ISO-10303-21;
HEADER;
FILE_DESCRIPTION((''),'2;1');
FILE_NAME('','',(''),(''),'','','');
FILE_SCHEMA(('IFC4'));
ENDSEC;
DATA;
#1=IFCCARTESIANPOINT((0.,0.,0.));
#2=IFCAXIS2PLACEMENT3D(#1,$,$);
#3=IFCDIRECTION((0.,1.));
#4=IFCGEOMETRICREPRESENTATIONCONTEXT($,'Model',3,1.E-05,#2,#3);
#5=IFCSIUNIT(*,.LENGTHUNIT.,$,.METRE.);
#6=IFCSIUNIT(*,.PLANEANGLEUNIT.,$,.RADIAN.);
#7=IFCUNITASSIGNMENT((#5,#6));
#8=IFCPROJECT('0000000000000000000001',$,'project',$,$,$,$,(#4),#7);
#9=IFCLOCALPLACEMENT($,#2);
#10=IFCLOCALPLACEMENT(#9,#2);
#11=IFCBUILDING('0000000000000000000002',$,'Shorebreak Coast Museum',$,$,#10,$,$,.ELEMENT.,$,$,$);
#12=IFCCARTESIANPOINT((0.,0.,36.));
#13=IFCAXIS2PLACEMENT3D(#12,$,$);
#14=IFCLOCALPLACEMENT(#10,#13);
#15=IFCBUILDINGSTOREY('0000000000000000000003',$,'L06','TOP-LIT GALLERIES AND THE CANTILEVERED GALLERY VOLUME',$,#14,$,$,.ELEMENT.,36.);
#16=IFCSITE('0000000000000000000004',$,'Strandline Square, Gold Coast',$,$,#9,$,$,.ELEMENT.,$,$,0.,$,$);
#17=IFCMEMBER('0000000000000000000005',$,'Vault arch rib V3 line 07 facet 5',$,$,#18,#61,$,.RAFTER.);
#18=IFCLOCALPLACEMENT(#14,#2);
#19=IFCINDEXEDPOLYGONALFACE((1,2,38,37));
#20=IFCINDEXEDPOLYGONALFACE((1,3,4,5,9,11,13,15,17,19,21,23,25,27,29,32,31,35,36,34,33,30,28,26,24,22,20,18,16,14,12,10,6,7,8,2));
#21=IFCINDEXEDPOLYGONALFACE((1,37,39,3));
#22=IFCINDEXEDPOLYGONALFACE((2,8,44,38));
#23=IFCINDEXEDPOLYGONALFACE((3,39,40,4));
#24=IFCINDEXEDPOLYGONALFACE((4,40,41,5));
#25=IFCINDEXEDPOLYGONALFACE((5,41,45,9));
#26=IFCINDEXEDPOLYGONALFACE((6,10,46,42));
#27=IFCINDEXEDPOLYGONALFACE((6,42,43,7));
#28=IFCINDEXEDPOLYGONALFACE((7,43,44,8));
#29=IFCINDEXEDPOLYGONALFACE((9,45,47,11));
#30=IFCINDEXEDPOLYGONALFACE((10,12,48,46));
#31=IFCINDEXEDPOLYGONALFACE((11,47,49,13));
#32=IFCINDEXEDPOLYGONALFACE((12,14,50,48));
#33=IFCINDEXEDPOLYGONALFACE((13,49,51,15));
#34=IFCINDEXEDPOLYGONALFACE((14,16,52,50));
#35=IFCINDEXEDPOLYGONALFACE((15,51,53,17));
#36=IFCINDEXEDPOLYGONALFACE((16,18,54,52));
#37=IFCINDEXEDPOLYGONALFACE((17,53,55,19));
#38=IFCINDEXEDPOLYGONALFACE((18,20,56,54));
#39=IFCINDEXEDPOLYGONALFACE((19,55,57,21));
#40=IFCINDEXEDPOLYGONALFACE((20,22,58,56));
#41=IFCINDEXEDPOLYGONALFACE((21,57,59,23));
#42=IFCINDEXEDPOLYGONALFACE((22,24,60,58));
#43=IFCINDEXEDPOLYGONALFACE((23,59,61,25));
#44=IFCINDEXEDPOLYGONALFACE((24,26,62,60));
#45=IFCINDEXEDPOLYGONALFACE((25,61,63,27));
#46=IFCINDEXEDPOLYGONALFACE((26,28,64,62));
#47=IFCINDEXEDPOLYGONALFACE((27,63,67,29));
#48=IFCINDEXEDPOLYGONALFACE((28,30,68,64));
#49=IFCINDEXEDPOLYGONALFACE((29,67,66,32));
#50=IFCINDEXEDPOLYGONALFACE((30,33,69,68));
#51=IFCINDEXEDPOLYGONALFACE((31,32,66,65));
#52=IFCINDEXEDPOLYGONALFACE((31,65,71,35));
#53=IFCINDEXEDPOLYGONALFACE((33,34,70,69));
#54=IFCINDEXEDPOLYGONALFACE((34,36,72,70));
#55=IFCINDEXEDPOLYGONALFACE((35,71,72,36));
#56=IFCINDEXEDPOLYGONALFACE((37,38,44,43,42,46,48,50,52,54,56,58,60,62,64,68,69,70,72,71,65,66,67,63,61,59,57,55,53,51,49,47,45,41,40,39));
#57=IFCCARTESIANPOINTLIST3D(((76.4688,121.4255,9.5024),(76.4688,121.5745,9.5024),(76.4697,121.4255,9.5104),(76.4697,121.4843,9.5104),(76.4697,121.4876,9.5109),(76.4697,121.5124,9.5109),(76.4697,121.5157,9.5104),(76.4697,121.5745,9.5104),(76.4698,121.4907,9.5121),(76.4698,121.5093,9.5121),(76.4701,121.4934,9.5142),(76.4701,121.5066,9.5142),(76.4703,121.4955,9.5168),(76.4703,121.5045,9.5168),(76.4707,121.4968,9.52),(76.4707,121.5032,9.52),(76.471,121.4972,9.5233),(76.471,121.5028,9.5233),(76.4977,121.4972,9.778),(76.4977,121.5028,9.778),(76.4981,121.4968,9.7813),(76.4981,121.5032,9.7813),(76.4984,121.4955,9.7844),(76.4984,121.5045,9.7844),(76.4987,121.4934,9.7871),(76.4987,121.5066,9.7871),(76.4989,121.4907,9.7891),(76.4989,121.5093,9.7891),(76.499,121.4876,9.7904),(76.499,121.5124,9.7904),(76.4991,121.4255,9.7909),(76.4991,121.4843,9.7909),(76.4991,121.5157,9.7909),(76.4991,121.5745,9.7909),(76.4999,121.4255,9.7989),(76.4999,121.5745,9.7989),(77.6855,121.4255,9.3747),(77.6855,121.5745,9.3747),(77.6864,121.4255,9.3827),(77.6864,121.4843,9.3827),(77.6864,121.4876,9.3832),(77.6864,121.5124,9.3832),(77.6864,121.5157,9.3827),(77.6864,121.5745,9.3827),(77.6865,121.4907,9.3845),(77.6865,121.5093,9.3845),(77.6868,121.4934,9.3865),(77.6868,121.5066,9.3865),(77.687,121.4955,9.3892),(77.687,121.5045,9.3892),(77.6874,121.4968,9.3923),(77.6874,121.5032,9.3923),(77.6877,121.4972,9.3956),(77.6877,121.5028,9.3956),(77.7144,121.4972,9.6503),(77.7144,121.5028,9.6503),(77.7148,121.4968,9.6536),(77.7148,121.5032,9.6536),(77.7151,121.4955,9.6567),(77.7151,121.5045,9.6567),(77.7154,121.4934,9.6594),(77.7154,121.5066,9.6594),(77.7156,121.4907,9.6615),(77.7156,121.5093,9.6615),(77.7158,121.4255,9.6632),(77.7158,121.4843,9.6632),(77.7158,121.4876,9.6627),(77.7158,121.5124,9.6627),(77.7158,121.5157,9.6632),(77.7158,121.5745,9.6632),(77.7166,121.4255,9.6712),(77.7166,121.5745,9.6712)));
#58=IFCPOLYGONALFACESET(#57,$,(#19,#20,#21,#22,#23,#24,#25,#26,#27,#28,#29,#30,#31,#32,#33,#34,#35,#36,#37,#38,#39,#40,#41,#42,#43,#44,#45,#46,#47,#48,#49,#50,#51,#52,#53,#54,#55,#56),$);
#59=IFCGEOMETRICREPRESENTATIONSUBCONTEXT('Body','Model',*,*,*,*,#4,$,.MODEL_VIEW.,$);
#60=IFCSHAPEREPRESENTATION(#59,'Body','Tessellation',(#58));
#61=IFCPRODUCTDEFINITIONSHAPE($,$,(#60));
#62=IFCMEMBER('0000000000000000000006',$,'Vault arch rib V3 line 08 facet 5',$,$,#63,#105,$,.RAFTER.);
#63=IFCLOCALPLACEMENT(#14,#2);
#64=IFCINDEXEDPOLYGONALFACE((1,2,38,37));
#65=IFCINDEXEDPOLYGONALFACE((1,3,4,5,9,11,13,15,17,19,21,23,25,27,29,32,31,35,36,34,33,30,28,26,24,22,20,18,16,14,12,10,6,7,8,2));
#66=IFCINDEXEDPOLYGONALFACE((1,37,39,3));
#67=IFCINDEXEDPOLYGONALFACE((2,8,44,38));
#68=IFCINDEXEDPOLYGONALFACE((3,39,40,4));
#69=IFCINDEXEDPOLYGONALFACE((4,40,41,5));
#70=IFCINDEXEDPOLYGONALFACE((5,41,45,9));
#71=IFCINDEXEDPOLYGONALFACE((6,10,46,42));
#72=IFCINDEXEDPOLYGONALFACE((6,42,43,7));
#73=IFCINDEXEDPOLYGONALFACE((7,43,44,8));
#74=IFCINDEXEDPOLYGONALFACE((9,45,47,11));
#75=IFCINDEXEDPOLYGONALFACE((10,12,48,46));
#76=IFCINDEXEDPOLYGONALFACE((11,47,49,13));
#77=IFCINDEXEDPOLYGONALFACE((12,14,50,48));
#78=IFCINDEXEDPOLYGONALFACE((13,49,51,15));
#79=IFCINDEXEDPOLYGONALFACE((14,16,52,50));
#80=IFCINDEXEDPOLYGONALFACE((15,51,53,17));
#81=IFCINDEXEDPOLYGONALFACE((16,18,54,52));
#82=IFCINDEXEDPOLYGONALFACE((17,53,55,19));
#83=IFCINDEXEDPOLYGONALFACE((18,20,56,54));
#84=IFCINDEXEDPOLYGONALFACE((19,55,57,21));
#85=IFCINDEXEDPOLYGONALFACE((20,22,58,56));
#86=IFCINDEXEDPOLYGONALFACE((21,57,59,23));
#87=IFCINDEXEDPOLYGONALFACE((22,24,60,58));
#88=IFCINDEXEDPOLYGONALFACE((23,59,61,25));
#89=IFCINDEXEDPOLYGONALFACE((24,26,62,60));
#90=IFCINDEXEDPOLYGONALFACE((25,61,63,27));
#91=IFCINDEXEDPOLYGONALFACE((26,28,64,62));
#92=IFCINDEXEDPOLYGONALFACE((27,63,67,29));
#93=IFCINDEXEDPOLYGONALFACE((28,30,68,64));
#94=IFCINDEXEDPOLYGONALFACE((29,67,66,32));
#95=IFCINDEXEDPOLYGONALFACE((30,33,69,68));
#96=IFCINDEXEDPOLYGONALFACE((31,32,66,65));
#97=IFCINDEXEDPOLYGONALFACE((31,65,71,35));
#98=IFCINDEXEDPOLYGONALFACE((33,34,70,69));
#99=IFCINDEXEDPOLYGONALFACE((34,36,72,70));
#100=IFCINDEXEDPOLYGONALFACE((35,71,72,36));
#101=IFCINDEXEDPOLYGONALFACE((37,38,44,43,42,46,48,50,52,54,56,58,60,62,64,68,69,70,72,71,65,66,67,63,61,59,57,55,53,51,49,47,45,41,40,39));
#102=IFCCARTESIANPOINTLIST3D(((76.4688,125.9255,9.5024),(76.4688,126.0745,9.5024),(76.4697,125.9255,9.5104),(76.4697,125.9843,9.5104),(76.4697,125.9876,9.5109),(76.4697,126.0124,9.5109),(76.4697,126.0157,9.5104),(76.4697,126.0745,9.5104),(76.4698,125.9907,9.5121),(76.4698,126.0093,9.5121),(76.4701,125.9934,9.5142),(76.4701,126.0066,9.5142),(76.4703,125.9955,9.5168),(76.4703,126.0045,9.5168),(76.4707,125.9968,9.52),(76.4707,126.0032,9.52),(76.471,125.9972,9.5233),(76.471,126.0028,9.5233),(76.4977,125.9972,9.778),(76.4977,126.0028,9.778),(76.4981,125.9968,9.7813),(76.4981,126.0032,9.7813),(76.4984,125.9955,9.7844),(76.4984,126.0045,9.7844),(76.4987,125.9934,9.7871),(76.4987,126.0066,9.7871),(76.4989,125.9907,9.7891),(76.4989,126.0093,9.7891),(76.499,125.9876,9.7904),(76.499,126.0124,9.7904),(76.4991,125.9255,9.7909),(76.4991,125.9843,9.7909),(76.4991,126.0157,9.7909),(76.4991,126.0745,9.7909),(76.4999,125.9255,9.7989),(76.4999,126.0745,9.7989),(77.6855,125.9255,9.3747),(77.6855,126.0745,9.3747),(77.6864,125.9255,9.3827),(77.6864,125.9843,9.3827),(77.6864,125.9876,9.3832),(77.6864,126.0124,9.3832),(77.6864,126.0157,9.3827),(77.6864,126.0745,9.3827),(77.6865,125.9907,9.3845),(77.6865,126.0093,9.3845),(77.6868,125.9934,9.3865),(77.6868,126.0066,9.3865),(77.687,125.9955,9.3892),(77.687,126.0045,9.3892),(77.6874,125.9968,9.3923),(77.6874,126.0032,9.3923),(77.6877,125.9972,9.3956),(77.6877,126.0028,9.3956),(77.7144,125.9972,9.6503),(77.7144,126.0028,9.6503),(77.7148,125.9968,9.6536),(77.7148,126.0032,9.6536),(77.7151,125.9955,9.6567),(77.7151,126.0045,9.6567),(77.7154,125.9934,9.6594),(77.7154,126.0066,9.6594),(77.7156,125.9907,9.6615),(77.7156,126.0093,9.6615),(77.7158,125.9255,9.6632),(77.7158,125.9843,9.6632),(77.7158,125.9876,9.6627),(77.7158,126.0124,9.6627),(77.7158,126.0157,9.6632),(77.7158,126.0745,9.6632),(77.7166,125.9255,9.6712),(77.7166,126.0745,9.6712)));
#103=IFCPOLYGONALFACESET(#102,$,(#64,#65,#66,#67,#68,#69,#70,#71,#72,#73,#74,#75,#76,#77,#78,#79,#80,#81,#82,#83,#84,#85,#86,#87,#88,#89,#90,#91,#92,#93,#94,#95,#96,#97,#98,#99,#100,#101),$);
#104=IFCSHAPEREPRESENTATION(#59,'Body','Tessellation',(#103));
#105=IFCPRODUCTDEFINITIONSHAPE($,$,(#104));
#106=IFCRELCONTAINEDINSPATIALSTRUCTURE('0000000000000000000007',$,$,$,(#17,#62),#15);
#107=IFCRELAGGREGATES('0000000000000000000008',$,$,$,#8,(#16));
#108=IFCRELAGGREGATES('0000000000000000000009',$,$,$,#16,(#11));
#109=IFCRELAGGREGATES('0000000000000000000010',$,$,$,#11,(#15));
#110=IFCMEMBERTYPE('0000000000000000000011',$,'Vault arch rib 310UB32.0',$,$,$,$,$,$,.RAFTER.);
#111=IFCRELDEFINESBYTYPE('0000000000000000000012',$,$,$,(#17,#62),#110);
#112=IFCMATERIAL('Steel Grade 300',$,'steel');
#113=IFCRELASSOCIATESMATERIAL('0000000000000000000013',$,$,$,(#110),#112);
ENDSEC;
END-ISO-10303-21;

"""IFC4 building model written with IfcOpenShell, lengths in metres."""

from ifc_helpers import new_model, si_unit, direction, frame, origin, origin_2d, place, context, subcontext, project, spatial, i_section, extrude, material, material_profile, profile_set, type_object, element, save


model = new_model("IFC4")

# Units and contexts
model_context = context("Model", 3, precision=1e-05, world=origin(), true_north=direction((0.0, 1.0)))
body_context = subcontext(model_context, "Body", "Model", "MODEL_VIEW")
ifc_project = project(units=[si_unit("LENGTHUNIT", "METRE"), si_unit("PLANEANGLEUNIT", "RADIAN")], contexts=[model_context])

# Site, building, storey
site_placement = place(None, origin())
site = spatial("IfcSite", under=ifc_project, at=site_placement, Name="Strandline Square, Gold Coast", CompositionType="ELEMENT", RefElevation=0.0)
building_placement = place(site_placement, origin())
building = spatial("IfcBuilding", under=site, at=building_placement, Name="Shorebreak Coast Museum", CompositionType="ELEMENT")
storey_placement = place(building_placement, frame((0.0, 0.0, 36.0)))
storey = spatial("IfcBuildingStorey", under=building, at=storey_placement, Name="L06", Description="TOP-LIT GALLERIES AND THE CANTILEVERED GALLERY VOLUME", CompositionType="ELEMENT", Elevation=36.0)

# Members
ifc_material_1 = material(Name="Steel Grade 300", Category="steel")
ifc_material_profile_1 = material_profile(ifc_material_1, i_section(OverallWidth=0.1489, OverallDepth=0.2981, WebThickness=0.0056, FlangeThickness=0.0081, FilletRadius=0.0129, at=origin_2d()), Name="310UB32.0")
ifc_profile_set_1 = profile_set([ifc_material_profile_1], Name="Steel Grade 300")
member_type_1 = type_object("IfcMemberType", Name="Vault arch rib 310UB32.0", PredefinedType="RAFTER", material=ifc_profile_set_1)
for number, where, z_axis, x_axis, name in (
    (1, (76.4844, 121.5, 9.6506), (0.994539, 0.0, -0.104363), (0.0, 1.0, 0.0), "Vault arch rib V3 line 07 facet 5"),
    (2, (76.4844, 126.0, 9.6506), (0.994539, 0.0, -0.104363), (0.0, 1.0, 0.0), "Vault arch rib V3 line 08 facet 5"),
):
    element("IfcMember", number, at=place(storey_placement, frame(where, z_axis=z_axis, x_axis=x_axis)), inside=storey, type_object=member_type_1, Name=name, PredefinedType="RAFTER", context=body_context, shape_type="SweptSolid", body=[
        extrude(i_section(OverallWidth=0.1489, OverallDepth=0.2981, WebThickness=0.0056, FlangeThickness=0.0081, FilletRadius=0.0129, at=origin_2d()), origin(), (0.0, 0.0, 1.0), 1.2234),
    ])

save(model, "model.ifc")
